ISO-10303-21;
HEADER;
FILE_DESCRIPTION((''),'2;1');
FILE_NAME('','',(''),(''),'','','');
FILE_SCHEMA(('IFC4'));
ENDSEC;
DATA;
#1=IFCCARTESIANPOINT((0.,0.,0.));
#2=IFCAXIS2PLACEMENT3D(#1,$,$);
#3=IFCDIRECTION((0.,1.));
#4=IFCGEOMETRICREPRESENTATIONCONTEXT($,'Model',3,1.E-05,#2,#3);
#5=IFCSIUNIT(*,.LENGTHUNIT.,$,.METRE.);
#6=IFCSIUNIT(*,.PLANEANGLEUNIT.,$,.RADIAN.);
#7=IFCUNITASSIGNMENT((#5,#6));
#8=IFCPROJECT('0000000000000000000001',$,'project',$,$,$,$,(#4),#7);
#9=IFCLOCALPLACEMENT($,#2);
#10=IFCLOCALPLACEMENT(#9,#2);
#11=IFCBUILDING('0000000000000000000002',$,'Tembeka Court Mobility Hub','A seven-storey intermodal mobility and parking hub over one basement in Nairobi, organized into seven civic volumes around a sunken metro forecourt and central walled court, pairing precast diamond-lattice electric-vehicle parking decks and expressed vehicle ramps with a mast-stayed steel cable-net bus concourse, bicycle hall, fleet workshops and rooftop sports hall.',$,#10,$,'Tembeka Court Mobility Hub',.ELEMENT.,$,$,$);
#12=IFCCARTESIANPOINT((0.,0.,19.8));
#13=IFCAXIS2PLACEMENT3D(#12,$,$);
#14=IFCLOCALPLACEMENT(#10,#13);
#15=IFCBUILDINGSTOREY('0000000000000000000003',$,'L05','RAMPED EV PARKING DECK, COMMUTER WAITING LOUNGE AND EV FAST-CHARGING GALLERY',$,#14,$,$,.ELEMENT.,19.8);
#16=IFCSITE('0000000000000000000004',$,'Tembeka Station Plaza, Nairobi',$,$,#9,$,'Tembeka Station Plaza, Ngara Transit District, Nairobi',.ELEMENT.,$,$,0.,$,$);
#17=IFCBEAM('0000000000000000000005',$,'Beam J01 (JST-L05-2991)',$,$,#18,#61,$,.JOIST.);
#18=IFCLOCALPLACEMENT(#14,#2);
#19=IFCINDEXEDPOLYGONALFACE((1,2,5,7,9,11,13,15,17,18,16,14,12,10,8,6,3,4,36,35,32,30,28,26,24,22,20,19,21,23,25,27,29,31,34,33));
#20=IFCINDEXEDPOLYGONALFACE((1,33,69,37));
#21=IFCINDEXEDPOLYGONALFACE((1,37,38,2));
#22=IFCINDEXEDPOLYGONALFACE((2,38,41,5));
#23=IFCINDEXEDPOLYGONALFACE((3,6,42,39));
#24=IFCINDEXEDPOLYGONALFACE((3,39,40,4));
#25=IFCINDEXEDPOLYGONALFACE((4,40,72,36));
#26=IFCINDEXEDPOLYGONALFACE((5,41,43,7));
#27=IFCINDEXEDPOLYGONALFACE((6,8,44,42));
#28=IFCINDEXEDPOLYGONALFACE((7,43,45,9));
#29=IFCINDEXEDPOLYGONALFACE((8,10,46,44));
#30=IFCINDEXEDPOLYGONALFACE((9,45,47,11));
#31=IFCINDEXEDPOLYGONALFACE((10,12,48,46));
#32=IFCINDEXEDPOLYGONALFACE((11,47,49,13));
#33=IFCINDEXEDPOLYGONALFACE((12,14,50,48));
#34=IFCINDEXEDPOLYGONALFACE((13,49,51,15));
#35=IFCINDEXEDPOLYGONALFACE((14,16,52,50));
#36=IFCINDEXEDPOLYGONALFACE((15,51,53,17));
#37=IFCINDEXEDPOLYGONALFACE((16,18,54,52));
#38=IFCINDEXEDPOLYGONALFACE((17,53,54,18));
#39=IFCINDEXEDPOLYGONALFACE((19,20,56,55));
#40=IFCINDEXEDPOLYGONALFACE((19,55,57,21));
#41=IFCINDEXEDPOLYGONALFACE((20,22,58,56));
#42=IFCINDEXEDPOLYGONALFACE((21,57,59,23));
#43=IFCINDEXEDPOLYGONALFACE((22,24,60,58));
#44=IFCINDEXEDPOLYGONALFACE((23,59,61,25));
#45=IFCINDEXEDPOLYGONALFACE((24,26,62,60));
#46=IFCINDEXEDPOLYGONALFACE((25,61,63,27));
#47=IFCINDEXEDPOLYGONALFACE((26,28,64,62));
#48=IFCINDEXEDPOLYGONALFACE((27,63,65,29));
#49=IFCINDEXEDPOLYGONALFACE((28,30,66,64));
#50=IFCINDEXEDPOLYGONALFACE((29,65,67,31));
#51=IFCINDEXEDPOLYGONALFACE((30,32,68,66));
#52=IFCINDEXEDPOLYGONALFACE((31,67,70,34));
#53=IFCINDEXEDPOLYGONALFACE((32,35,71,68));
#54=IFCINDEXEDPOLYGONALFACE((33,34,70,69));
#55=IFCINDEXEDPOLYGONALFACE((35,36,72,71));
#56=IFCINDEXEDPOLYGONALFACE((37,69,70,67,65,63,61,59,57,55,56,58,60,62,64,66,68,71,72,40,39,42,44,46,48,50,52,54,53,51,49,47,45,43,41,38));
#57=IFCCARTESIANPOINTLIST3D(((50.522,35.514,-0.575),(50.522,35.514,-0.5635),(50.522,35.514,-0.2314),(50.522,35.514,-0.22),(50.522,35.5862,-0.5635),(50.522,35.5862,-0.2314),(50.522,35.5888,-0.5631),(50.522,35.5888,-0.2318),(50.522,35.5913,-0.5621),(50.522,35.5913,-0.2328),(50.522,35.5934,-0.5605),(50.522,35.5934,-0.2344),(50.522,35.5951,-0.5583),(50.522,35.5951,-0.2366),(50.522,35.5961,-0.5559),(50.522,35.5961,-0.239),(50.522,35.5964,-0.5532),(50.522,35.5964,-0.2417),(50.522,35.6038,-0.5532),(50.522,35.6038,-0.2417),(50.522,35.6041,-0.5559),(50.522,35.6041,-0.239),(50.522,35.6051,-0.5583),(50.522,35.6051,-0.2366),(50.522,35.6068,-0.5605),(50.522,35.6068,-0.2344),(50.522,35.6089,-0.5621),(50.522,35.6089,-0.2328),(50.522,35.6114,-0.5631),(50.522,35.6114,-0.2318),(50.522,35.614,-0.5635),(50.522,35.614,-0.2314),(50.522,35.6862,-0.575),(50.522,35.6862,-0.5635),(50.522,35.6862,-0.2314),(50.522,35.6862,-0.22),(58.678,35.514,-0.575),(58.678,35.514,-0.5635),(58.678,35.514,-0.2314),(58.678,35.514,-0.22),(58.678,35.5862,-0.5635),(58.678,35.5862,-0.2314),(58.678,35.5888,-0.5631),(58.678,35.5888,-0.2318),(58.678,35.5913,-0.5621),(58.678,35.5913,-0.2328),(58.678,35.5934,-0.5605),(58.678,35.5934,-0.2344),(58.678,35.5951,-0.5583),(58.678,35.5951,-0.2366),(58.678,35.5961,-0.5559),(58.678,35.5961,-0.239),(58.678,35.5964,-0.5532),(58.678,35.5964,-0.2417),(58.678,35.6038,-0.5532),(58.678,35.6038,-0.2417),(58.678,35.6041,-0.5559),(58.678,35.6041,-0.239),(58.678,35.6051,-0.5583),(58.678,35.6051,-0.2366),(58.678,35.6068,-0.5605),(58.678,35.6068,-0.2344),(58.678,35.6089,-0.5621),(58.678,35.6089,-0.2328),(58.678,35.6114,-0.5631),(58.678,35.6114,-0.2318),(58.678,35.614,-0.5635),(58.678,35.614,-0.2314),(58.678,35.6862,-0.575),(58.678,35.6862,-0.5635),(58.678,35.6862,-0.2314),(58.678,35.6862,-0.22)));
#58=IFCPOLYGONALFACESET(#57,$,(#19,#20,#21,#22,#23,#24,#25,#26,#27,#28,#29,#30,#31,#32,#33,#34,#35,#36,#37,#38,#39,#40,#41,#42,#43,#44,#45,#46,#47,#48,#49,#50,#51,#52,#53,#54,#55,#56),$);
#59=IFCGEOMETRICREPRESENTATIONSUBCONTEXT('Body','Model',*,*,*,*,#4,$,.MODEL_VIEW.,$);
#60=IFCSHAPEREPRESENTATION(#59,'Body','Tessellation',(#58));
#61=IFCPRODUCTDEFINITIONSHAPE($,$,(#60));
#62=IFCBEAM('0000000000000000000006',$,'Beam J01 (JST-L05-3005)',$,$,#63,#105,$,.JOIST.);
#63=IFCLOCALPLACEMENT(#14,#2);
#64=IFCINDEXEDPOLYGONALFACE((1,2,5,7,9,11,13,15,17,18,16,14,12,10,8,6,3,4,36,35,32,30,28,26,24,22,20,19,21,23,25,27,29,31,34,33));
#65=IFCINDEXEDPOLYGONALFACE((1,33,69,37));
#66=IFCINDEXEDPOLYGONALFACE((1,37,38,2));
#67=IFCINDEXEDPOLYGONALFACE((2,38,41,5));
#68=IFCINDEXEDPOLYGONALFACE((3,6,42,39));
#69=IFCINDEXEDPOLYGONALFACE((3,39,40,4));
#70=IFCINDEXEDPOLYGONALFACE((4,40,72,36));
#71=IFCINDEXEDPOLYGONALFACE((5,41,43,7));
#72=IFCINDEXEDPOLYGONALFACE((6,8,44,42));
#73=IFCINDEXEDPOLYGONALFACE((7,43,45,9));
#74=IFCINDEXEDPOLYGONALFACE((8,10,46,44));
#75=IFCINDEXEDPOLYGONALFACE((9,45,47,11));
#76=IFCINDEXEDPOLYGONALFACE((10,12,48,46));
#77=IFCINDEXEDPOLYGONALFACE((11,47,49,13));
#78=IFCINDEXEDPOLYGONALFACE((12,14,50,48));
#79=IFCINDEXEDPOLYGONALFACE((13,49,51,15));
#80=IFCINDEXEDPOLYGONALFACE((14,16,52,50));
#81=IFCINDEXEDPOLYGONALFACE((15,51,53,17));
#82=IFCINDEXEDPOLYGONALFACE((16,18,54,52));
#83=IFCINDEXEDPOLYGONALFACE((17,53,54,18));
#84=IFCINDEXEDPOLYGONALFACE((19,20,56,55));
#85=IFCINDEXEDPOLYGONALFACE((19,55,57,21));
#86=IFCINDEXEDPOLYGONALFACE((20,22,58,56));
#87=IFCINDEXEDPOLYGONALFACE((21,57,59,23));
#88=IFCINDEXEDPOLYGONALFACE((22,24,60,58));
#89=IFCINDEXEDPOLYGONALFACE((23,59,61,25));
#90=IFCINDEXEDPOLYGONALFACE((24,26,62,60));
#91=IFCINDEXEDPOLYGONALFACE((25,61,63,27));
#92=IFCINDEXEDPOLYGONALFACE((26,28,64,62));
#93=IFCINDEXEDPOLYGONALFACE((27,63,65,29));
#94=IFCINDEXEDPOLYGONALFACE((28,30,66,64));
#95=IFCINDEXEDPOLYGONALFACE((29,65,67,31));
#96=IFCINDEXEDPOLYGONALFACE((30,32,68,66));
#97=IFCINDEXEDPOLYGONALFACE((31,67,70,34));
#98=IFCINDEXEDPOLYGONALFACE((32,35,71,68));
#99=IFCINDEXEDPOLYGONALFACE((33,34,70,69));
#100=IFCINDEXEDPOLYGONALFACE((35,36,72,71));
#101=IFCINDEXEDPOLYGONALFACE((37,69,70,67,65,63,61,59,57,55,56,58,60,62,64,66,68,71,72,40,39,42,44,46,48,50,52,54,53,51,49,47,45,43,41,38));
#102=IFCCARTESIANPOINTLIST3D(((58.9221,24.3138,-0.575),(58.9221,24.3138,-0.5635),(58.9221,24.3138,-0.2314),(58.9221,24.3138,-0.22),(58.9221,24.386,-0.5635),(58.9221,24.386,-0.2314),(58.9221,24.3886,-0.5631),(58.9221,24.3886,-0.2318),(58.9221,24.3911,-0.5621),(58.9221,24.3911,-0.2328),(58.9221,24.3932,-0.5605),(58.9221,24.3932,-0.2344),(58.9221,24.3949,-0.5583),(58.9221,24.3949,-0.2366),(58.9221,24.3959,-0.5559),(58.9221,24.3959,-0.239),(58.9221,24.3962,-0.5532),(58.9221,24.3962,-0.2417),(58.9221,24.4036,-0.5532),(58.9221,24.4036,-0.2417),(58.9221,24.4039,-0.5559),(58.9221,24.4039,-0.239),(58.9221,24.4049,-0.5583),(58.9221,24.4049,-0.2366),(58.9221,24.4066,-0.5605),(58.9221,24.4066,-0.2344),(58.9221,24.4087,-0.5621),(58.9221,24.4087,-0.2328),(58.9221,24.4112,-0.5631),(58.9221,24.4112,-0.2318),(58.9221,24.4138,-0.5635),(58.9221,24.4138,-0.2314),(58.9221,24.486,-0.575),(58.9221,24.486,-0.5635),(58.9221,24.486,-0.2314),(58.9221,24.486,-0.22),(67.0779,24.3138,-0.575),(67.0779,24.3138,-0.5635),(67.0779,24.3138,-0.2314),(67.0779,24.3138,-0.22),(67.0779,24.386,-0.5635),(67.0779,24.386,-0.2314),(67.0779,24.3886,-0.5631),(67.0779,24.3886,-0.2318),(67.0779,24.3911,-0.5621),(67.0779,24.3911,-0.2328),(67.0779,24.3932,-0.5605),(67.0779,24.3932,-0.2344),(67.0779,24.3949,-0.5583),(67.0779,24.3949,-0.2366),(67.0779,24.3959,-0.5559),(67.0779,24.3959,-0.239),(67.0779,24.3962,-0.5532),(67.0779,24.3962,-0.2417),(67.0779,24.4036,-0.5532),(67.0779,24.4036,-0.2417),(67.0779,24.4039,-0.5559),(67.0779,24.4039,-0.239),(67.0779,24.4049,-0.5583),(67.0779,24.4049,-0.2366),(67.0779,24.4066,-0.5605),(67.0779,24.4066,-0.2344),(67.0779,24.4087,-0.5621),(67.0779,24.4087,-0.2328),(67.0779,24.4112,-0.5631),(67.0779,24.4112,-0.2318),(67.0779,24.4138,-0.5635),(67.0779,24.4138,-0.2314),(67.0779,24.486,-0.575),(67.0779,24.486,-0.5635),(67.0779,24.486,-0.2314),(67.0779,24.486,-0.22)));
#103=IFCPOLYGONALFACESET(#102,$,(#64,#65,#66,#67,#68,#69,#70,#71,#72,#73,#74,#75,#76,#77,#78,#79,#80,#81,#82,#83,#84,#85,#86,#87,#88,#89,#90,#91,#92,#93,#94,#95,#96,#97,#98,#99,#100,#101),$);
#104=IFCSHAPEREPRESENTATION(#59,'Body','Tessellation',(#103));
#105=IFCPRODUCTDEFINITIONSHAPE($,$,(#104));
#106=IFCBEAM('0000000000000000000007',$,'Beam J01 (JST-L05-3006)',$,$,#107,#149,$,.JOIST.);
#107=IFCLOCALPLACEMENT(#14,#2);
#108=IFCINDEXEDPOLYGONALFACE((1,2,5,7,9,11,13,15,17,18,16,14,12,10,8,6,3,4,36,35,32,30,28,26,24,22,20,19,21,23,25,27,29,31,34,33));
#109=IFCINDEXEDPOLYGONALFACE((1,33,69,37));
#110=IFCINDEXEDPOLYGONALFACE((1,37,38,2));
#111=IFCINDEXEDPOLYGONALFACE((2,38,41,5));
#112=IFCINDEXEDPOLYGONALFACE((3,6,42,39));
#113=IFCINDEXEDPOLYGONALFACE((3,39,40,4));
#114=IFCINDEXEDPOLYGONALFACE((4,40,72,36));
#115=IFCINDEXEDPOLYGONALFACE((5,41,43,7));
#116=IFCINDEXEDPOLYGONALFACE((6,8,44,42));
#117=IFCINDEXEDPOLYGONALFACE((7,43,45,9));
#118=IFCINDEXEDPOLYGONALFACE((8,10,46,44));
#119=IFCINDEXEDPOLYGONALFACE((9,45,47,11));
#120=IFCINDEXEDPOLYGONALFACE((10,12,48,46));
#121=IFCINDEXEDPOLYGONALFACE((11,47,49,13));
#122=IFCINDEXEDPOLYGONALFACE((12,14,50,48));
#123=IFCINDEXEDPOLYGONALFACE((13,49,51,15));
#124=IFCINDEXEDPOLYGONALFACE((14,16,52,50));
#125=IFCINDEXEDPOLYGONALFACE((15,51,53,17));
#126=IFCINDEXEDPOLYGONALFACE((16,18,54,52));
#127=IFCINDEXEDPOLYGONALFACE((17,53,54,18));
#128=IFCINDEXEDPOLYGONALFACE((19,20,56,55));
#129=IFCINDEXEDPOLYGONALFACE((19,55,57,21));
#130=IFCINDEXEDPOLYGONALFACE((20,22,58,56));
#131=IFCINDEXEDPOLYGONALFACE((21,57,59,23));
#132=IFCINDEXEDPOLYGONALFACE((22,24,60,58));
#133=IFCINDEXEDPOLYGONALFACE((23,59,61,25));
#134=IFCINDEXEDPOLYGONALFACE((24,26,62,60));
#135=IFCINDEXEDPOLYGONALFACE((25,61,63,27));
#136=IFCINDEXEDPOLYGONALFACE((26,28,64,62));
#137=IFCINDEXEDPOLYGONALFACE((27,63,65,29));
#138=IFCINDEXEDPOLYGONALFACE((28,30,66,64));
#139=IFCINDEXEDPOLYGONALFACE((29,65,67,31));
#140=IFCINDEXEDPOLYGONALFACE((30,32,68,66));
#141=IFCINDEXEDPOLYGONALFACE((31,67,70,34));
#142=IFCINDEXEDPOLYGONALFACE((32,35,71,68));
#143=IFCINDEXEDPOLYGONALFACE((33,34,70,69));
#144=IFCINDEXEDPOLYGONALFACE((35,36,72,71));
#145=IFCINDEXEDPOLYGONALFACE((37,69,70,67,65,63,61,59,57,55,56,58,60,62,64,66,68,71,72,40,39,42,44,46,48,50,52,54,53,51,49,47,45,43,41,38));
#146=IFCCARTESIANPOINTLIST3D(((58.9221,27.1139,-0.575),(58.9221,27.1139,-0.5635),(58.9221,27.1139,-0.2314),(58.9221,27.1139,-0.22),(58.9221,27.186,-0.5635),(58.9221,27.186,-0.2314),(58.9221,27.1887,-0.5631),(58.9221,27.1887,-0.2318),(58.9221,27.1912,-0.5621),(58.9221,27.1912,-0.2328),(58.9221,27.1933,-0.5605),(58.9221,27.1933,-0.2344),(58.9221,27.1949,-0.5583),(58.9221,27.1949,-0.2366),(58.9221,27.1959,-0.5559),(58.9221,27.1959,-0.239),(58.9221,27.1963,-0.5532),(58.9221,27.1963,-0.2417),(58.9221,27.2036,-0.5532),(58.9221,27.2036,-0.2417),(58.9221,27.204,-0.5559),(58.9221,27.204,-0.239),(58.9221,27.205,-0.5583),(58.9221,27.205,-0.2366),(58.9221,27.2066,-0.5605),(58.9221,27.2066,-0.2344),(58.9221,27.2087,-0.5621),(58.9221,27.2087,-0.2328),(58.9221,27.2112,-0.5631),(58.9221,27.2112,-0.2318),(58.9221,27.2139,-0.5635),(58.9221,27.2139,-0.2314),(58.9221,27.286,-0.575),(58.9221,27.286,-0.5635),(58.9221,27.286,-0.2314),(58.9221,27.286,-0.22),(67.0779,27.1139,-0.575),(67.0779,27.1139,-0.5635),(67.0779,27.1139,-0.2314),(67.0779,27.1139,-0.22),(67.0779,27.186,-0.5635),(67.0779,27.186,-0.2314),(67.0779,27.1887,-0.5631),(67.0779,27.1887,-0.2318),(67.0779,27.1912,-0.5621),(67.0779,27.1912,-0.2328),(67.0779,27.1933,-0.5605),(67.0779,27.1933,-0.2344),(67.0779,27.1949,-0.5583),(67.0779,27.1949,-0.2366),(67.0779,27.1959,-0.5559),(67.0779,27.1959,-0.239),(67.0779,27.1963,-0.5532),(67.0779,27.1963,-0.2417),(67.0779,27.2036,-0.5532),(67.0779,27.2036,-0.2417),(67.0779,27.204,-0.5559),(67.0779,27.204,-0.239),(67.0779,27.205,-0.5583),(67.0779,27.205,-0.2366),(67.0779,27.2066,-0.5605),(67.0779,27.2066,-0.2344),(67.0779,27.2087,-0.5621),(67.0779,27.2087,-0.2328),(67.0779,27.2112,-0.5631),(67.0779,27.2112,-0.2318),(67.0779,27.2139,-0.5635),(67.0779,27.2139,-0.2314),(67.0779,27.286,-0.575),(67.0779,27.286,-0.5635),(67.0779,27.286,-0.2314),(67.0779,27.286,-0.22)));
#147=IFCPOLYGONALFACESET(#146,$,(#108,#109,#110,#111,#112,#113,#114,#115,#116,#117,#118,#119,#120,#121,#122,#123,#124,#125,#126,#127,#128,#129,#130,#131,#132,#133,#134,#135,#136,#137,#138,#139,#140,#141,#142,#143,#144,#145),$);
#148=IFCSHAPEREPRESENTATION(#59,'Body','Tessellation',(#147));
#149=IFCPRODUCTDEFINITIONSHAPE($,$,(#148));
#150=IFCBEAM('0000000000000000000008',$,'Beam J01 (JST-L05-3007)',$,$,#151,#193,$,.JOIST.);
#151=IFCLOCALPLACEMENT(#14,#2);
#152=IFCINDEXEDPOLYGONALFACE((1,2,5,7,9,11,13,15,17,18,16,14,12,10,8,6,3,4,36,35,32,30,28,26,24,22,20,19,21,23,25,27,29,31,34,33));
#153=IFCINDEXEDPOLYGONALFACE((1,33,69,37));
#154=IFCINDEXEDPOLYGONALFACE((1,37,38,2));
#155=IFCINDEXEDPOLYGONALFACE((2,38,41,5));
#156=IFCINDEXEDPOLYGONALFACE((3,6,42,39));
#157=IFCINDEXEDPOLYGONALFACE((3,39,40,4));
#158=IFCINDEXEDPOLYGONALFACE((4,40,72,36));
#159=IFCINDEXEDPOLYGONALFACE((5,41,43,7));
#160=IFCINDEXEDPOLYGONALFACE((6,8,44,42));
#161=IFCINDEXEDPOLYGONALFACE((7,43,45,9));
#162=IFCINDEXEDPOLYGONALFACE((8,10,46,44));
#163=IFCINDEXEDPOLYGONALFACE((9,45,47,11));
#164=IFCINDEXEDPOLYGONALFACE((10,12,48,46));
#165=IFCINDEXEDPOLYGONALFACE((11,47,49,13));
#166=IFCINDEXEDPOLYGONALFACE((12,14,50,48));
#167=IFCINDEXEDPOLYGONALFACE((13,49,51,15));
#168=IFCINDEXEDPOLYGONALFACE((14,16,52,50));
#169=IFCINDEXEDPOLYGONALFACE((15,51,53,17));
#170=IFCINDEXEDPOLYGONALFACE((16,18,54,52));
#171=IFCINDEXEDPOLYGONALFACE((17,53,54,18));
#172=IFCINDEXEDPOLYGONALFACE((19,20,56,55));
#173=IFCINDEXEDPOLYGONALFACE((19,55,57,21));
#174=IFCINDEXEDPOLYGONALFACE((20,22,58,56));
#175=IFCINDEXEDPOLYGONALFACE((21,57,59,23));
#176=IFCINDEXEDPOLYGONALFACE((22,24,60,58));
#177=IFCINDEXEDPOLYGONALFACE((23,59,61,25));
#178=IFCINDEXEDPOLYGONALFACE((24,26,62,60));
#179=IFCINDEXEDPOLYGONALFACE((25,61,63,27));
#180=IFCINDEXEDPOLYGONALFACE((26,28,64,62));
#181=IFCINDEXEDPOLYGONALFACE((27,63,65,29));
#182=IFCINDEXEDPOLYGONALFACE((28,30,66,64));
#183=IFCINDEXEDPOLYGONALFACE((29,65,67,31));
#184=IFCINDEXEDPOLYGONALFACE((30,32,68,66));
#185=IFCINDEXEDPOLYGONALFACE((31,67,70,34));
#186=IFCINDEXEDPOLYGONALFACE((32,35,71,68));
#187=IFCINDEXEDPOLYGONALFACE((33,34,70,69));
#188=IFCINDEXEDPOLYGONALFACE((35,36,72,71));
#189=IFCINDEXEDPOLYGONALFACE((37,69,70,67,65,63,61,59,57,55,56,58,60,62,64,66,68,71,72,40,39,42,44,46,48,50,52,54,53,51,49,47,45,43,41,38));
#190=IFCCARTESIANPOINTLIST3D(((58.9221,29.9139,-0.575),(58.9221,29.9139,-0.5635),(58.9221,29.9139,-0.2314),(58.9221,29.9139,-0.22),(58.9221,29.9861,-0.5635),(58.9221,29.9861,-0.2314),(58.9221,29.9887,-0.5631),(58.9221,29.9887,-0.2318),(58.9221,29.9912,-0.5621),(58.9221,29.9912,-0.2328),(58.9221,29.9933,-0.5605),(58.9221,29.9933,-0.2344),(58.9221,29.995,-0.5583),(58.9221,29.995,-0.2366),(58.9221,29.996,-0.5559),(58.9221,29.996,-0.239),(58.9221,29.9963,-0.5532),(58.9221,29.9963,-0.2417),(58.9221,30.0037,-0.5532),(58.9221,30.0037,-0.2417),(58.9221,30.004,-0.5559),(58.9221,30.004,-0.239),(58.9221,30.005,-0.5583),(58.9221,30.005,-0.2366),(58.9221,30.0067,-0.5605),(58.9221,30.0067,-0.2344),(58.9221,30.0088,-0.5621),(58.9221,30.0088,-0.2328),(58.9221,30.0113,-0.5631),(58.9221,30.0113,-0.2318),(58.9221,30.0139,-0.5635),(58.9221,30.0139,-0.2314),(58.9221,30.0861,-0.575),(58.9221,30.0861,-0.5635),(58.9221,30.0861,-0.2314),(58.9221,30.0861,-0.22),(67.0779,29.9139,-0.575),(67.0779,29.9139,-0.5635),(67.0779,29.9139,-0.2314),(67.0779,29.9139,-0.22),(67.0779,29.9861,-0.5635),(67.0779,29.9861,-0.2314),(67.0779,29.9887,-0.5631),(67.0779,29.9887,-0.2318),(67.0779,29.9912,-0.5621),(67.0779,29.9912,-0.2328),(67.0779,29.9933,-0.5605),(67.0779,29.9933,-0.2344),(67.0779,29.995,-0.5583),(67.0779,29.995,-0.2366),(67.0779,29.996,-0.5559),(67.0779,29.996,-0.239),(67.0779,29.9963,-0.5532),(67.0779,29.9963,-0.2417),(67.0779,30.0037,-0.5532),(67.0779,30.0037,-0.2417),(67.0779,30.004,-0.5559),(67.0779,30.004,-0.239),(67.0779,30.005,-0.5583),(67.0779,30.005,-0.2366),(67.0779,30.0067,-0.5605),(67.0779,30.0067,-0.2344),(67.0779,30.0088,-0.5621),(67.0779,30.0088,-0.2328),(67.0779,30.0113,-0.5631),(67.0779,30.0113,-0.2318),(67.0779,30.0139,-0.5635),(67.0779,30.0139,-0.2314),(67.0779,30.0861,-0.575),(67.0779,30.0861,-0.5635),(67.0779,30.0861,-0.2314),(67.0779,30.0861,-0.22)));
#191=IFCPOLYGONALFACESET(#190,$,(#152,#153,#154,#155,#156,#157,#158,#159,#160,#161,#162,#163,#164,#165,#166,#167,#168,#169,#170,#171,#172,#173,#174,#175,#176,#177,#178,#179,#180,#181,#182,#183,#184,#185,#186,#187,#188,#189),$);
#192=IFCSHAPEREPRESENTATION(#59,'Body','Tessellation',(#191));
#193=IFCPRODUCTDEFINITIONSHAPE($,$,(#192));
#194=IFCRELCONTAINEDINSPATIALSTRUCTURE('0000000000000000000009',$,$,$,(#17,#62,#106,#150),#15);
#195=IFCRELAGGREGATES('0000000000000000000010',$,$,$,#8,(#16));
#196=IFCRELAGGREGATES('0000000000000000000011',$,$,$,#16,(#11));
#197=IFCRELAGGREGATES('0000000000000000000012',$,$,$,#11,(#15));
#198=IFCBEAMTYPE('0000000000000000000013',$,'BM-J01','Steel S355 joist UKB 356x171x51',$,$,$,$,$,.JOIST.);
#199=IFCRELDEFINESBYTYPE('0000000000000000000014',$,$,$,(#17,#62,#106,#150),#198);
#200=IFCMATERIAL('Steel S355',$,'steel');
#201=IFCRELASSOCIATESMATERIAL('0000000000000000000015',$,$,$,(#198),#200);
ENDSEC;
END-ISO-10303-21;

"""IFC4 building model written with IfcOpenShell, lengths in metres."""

from ifc_helpers import new_model, si_unit, direction, frame, origin, origin_2d, place, context, subcontext, project, spatial, i_section, extrude, material, material_profile, profile_set, type_object, element, save


model = new_model("IFC4")

# Units and contexts
model_context = context("Model", 3, precision=1e-05, world=origin(), true_north=direction((0.0, 1.0)))
body_context = subcontext(model_context, "Body", "Model", "MODEL_VIEW")
ifc_project = project(units=[si_unit("LENGTHUNIT", "METRE"), si_unit("PLANEANGLEUNIT", "RADIAN")], contexts=[model_context])

# Site, building, storey
site_placement = place(None, origin())
site = spatial("IfcSite", under=ifc_project, at=site_placement, Name="Tembeka Station Plaza, Nairobi", LongName="Tembeka Station Plaza, Ngara Transit District, Nairobi", CompositionType="ELEMENT", RefElevation=0.0)
building_placement = place(site_placement, origin())
building = spatial("IfcBuilding", under=site, at=building_placement, Name="Tembeka Court Mobility Hub", Description="A seven-storey intermodal mobility and parking hub over one basement in Nairobi, organized into seven civic volumes around a sunken metro forecourt and central walled court, pairing precast diamond-lattice electric-vehicle parking decks and expressed vehicle ramps with a mast-stayed steel cable-net bus concourse, bicycle hall, fleet workshops and rooftop sports hall.", LongName="Tembeka Court Mobility Hub", CompositionType="ELEMENT")
storey_placement = place(building_placement, frame((0.0, 0.0, 19.8)))
storey = spatial("IfcBuildingStorey", under=building, at=storey_placement, Name="L05", Description="RAMPED EV PARKING DECK, COMMUTER WAITING LOUNGE AND EV FAST-CHARGING GALLERY", CompositionType="ELEMENT", Elevation=19.8)

# Shared definitions
ifc_material_1 = material(Name="Steel S355", Category="steel")

# Beams
ifc_material_profile_1 = material_profile(ifc_material_1, i_section(OverallWidth=0.1721, OverallDepth=0.355, WebThickness=0.0073, FlangeThickness=0.0115, FilletRadius=0.0103, at=origin_2d()), Name="UKB 356x171x51")
ifc_profile_set_1 = profile_set([ifc_material_profile_1], Name="Steel S355")
beam_type_1 = type_object("IfcBeamType", Name="BM-J01", Description="Steel S355 joist UKB 356x171x51", PredefinedType="JOIST", material=ifc_profile_set_1)
for number, where, z_axis, x_axis, name in (
    (1, (50.522, 35.6001, -0.3975), (1.0, 0.0, 0.0), (0.0, 1.0, 0.0), "Beam J01 (JST-L05-2991)"),
):
    element("IfcBeam", number, at=place(storey_placement, frame(where, z_axis=z_axis, x_axis=x_axis)), inside=storey, type_object=beam_type_1, Name=name, PredefinedType="JOIST", context=body_context, shape_type="SweptSolid", body=[
        extrude(i_section(OverallWidth=0.1721, OverallDepth=0.355, WebThickness=0.0073, FlangeThickness=0.0115, FilletRadius=0.0103, at=origin_2d()), origin(), (0.0, 0.0, 1.0), 8.156),
    ])
for number, where, z_axis, x_axis, name in (
    (2, (58.9221, 24.3999, -0.3975), (1.0, 0.0, 0.0), (0.0, 1.0, 0.0), "Beam J01 (JST-L05-3005)"),
    (3, (58.9221, 27.2, -0.3975), (1.0, 0.0, 0.0), (0.0, 1.0, 0.0), "Beam J01 (JST-L05-3006)"),
    (4, (58.9221, 30.0, -0.3975), (1.0, 0.0, 0.0), (0.0, 1.0, 0.0), "Beam J01 (JST-L05-3007)"),
):
    element("IfcBeam", number, at=place(storey_placement, frame(where, z_axis=z_axis, x_axis=x_axis)), inside=storey, type_object=beam_type_1, Name=name, PredefinedType="JOIST", context=body_context, shape_type="SweptSolid", body=[
        extrude(i_section(OverallWidth=0.1721, OverallDepth=0.355, WebThickness=0.0073, FlangeThickness=0.0115, FilletRadius=0.0103, at=origin_2d()), origin(), (0.0, 0.0, 1.0), 8.1558),
    ])

save(model, "model.ifc")
